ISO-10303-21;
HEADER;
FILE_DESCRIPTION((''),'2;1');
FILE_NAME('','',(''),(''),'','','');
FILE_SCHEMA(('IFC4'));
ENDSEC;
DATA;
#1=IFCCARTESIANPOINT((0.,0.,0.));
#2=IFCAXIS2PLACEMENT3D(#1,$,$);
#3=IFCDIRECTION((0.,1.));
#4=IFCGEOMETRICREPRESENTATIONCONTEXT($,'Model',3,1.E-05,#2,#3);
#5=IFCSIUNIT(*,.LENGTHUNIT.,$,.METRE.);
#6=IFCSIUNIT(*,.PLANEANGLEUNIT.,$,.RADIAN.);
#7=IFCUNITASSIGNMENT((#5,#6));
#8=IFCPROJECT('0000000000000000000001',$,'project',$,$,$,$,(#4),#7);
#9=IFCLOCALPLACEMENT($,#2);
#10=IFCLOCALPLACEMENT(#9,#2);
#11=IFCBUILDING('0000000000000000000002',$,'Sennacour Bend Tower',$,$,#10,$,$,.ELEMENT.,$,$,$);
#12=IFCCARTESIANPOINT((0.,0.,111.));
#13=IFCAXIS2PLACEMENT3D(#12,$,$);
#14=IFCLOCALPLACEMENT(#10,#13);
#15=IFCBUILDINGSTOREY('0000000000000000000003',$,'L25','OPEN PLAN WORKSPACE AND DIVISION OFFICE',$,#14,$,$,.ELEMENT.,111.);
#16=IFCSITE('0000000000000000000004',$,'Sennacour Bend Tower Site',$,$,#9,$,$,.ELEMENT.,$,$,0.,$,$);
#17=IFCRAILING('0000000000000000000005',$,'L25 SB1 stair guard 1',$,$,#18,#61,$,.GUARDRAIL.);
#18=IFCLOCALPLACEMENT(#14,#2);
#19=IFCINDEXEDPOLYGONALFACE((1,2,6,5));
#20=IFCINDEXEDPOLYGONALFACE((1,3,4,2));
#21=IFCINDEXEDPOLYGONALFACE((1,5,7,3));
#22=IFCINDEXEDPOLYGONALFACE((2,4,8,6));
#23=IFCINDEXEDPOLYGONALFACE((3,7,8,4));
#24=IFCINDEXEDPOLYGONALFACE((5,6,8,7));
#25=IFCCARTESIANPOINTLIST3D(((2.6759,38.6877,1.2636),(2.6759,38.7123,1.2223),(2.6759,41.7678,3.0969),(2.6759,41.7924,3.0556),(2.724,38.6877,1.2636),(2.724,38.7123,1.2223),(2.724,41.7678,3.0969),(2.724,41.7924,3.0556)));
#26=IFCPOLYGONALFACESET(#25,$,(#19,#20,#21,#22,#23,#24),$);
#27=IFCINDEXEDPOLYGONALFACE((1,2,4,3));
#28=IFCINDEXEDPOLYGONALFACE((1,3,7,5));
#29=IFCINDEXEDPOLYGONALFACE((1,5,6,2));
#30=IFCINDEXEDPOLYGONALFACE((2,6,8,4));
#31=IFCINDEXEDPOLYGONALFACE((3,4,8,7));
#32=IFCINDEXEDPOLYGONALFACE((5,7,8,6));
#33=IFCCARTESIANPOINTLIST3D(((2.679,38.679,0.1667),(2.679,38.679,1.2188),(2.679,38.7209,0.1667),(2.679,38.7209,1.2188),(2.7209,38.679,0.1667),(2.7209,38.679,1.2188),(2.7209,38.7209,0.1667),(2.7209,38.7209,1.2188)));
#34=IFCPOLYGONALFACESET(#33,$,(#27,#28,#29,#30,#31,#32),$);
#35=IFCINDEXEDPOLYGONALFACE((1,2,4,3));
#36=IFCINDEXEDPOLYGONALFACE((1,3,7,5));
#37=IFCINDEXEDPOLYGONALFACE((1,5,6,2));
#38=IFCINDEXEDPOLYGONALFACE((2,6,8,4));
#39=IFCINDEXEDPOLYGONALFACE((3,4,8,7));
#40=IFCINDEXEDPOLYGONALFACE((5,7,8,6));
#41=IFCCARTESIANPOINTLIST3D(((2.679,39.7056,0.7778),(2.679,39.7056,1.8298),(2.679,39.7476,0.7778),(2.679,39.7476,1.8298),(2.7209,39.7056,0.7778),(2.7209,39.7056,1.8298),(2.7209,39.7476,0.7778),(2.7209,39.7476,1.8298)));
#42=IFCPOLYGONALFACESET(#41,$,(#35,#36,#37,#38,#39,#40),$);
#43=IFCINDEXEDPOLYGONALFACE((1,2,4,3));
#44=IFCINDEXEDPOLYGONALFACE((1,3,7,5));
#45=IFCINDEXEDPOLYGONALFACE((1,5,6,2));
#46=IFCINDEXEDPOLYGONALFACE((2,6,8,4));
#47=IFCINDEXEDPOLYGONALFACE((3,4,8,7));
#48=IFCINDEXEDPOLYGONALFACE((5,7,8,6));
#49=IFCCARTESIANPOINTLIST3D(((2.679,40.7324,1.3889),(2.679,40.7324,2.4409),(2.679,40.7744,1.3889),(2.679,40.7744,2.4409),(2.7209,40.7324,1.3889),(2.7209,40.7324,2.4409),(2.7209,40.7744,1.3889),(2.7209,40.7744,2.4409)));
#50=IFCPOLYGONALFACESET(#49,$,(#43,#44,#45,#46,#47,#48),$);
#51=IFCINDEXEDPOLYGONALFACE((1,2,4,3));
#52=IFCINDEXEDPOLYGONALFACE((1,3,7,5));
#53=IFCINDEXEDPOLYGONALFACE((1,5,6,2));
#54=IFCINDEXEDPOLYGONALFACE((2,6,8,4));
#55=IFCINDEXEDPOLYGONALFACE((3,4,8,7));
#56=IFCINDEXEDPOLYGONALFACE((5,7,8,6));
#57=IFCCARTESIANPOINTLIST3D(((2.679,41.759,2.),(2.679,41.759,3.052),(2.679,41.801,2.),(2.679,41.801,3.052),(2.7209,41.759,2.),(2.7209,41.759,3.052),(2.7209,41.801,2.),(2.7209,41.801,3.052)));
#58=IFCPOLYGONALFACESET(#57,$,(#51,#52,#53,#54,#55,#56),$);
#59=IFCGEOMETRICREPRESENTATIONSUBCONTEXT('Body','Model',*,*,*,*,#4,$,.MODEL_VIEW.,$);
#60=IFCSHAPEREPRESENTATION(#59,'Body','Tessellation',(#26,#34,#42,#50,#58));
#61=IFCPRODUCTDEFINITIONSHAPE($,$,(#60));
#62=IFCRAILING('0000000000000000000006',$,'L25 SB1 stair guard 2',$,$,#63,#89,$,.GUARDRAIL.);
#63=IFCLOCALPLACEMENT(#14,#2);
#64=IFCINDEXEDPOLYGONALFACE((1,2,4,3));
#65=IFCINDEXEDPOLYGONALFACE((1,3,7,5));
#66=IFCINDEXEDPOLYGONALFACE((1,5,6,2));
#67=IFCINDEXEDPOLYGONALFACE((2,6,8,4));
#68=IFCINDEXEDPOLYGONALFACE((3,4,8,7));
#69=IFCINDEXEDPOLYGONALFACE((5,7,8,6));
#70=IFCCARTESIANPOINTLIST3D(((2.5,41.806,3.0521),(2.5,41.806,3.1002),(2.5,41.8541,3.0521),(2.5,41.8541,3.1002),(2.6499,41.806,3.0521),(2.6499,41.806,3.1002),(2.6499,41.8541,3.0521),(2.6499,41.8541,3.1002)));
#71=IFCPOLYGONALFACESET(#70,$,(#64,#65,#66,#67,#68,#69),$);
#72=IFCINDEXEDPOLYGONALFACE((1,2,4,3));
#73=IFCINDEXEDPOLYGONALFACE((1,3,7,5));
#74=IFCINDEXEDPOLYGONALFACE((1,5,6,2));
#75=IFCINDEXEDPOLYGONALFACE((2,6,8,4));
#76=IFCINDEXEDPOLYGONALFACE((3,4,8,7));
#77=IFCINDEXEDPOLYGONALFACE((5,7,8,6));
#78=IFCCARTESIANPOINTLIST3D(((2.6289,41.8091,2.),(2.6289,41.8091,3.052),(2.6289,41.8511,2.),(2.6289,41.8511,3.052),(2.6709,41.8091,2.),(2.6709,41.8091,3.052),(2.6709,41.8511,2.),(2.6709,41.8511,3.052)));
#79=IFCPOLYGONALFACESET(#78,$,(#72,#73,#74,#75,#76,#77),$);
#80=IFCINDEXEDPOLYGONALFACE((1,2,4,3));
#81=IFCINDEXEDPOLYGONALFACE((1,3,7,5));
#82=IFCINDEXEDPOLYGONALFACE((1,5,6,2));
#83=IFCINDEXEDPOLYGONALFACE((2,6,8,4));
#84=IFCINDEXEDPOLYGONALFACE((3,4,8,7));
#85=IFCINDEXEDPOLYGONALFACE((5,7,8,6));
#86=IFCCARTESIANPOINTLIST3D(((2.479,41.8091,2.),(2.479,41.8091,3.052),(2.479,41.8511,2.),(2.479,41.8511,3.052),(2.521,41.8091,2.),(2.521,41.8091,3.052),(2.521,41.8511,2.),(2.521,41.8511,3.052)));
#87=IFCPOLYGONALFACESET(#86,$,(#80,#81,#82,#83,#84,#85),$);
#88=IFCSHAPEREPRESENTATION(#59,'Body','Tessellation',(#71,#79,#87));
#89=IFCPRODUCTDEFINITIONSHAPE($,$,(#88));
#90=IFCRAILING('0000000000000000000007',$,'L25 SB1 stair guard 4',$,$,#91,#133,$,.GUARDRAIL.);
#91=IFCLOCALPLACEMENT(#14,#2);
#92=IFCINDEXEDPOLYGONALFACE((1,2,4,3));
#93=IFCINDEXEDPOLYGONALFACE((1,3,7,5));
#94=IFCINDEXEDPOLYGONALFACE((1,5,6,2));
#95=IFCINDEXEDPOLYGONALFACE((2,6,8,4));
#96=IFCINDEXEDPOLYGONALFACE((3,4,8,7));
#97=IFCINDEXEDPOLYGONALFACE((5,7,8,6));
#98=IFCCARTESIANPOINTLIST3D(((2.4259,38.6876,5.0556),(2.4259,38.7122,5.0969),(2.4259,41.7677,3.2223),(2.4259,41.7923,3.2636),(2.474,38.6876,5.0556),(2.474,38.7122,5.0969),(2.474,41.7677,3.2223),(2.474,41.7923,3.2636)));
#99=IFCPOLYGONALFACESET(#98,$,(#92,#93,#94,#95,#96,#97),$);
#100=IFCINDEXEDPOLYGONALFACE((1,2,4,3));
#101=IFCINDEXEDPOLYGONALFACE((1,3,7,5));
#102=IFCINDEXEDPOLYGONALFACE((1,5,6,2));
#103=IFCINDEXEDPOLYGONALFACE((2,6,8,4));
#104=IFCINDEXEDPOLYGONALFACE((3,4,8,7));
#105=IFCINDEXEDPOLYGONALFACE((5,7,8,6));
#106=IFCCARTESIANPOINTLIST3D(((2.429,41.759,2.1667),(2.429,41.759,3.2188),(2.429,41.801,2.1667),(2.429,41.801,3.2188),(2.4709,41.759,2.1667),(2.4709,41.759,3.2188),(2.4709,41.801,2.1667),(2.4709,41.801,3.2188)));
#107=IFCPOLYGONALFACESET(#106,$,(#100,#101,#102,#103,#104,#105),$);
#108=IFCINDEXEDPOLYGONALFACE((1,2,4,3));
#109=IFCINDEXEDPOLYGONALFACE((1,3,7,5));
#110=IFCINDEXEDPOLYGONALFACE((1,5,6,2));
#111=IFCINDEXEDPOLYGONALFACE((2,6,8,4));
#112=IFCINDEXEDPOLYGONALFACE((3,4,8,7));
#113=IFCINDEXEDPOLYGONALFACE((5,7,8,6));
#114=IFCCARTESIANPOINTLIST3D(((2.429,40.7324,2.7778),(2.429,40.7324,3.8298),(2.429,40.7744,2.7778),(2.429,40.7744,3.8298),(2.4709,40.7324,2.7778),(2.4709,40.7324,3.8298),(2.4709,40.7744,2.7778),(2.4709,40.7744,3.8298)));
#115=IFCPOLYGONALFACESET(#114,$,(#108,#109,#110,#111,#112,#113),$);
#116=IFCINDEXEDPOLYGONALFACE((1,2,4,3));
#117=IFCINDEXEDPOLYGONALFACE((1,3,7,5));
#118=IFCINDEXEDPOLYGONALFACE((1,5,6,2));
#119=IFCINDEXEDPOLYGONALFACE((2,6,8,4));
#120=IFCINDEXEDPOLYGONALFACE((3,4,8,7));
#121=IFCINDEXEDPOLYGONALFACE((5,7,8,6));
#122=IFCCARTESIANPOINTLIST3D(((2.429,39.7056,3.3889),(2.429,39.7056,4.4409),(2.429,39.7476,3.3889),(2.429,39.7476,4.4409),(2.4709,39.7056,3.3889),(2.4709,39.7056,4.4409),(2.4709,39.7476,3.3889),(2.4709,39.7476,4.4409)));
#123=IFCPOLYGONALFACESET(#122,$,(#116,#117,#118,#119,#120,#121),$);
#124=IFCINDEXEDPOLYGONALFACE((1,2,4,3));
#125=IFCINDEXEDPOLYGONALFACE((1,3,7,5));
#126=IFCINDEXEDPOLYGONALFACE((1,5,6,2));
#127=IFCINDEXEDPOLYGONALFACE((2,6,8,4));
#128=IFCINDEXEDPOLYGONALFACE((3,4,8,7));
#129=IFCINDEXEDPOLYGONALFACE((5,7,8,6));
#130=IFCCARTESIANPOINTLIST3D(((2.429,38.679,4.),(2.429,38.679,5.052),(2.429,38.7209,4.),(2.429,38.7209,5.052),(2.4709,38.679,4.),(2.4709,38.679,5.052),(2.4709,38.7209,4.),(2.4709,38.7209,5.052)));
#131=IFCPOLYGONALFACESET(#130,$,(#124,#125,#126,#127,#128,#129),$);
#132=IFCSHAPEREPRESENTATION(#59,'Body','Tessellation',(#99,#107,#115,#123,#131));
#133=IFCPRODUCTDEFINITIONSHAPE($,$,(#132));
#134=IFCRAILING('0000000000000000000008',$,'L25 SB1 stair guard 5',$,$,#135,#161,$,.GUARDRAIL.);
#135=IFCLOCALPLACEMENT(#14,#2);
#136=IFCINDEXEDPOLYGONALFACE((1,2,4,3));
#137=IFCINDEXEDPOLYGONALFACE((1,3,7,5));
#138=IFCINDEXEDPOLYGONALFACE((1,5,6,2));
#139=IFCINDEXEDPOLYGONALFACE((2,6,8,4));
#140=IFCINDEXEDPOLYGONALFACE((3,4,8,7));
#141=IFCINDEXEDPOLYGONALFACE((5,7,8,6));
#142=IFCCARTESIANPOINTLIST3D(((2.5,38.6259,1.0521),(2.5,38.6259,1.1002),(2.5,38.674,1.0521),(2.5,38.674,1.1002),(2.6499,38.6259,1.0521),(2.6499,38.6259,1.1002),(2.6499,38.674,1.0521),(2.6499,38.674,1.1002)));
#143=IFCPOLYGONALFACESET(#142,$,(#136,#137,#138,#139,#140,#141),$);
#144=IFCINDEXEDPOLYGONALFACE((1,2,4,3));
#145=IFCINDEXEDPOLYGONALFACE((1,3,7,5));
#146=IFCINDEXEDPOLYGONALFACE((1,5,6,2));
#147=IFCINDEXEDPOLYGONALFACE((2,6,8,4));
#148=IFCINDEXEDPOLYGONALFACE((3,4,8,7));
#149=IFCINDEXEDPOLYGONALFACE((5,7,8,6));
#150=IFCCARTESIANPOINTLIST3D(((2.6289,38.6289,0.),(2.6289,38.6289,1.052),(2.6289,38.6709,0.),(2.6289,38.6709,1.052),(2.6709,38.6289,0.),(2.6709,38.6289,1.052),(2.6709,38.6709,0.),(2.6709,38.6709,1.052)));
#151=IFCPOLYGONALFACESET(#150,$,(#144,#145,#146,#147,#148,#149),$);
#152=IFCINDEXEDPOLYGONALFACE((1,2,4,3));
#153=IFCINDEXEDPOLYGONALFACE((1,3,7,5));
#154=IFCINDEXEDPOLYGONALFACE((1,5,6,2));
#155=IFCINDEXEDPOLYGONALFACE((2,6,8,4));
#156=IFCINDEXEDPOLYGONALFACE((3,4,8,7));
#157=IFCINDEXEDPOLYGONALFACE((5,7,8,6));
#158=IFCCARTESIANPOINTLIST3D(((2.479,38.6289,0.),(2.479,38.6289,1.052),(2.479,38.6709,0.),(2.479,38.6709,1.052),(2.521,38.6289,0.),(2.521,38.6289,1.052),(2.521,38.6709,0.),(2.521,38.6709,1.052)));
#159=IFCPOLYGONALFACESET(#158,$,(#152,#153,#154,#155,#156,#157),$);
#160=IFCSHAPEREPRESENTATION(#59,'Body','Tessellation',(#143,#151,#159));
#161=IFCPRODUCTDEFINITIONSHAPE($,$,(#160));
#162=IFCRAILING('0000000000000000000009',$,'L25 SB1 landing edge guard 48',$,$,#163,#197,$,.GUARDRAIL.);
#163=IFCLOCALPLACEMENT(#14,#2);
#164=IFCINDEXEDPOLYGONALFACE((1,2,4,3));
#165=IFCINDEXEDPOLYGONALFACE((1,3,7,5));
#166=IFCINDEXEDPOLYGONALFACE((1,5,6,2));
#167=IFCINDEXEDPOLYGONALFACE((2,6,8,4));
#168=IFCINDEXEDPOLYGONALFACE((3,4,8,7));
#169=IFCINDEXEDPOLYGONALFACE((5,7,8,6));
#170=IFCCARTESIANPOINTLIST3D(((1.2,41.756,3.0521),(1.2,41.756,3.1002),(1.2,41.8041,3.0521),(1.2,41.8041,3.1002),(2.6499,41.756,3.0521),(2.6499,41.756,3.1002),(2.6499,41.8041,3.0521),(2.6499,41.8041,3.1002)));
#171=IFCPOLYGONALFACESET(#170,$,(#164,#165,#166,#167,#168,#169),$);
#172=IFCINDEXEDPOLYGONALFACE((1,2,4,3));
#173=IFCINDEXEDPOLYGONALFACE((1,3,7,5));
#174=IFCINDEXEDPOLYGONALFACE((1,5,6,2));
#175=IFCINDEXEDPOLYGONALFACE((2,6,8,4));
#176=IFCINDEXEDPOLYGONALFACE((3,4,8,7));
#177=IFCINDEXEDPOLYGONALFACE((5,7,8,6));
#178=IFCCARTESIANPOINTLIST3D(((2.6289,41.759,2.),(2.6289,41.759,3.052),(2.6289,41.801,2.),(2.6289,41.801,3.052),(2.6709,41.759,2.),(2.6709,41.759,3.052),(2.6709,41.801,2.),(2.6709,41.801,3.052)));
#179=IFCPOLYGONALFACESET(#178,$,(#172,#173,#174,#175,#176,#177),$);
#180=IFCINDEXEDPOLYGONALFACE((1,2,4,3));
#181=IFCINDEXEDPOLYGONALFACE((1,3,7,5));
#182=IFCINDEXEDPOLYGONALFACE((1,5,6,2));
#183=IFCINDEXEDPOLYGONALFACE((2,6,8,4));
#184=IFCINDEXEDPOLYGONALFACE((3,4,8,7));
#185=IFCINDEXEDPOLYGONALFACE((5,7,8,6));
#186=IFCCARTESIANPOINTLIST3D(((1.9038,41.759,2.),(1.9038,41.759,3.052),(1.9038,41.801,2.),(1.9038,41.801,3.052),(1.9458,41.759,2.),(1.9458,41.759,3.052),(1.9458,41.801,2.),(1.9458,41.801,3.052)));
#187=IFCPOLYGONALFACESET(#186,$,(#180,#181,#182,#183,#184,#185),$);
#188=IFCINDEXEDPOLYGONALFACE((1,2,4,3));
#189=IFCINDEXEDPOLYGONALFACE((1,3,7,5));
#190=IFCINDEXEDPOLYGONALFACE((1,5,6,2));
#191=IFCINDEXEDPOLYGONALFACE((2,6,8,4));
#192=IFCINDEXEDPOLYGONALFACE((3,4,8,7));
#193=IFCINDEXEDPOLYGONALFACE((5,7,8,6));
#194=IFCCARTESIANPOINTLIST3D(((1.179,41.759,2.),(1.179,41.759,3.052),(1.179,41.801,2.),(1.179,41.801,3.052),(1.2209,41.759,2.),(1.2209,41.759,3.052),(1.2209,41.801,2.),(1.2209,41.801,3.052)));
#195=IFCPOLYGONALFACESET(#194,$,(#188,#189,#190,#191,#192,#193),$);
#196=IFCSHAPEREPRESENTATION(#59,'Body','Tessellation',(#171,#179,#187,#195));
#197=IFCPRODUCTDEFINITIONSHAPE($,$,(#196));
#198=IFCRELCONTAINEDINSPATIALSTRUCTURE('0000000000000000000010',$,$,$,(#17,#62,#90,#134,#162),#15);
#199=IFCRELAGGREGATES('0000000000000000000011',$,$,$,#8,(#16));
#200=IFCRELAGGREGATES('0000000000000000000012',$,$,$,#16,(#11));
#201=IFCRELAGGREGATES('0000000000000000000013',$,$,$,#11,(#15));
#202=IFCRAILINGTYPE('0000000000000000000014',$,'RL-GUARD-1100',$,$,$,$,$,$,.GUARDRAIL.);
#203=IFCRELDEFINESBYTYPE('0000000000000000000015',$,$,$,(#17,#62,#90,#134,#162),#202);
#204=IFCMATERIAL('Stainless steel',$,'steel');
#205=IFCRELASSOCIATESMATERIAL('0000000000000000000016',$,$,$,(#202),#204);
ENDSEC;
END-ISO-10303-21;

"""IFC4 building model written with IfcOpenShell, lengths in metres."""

from ifc_helpers import new_model, si_unit, direction, frame, origin, origin_2d, place, context, subcontext, project, spatial, rectangle, extrude, material, type_object, element, save


model = new_model("IFC4")

# Units and contexts
model_context = context("Model", 3, precision=1e-05, world=origin(), true_north=direction((0.0, 1.0)))
body_context = subcontext(model_context, "Body", "Model", "MODEL_VIEW")
ifc_project = project(units=[si_unit("LENGTHUNIT", "METRE"), si_unit("PLANEANGLEUNIT", "RADIAN")], contexts=[model_context])

# Site, building, storey
site_placement = place(None, origin())
site = spatial("IfcSite", under=ifc_project, at=site_placement, Name="Sennacour Bend Tower Site", CompositionType="ELEMENT", RefElevation=0.0)
building_placement = place(site_placement, origin())
building = spatial("IfcBuilding", under=site, at=building_placement, Name="Sennacour Bend Tower", CompositionType="ELEMENT")
storey_placement = place(building_placement, frame((0.0, 0.0, 111.0)))
storey = spatial("IfcBuildingStorey", under=building, at=storey_placement, Name="L25", Description="OPEN PLAN WORKSPACE AND DIVISION OFFICE", CompositionType="ELEMENT", Elevation=111.0)

# Shared definitions
ifc_material_1 = material(Name="Stainless steel", Category="steel")

# Railings
railing_type_1 = type_object("IfcRailingType", Name="RL-GUARD-1100", PredefinedType="GUARDRAIL", material=ifc_material_1)
railing_1_placement = place(storey_placement, frame((2.7, 38.7, 0.1667)))
element("IfcRailing", 1, at=railing_1_placement, inside=storey, type_object=railing_type_1, Name="L25 SB1 stair guard 1", PredefinedType="GUARDRAIL", context=body_context, shape_type="SweptSolid", body=[
    extrude(rectangle(XDim=0.0481, YDim=0.0481, at=origin_2d()), frame((0.0, 0.0, 1.0762), z_axis=(0.0, 0.859309, 0.511458), x_axis=(-1.0, 0.0, 0.0)), (0.0, 0.0, 1.0), 3.5845),
    extrude(rectangle(XDim=0.042, YDim=0.042, at=origin_2d()), origin(), (0.0, 0.0, 1.0), 1.052),
    extrude(rectangle(XDim=0.042, YDim=0.042, at=origin_2d()), frame((0.0, 1.0266, 0.6111)), (0.0, 0.0, 1.0), 1.052),
    extrude(rectangle(XDim=0.042, YDim=0.042, at=origin_2d()), frame((0.0, 2.0535, 1.2222)), (0.0, 0.0, 1.0), 1.052),
    extrude(rectangle(XDim=0.042, YDim=0.042, at=origin_2d()), frame((0.0, 3.0801, 1.8333)), (0.0, 0.0, 1.0), 1.052),
])
railing_2_placement = place(storey_placement, frame((2.6499, 41.8301, 2.0)))
element("IfcRailing", 2, at=railing_2_placement, inside=storey, type_object=railing_type_1, Name="L25 SB1 stair guard 2", PredefinedType="GUARDRAIL", context=body_context, shape_type="SweptSolid", body=[
    extrude(rectangle(XDim=0.0481, YDim=0.0481, at=origin_2d()), frame((0.0, 0.0, 1.0762), z_axis=(-1.0, 0.0, 0.0), x_axis=(0.0, -1.0, 0.0)), (0.0, 0.0, 1.0), 0.1499),
    extrude(rectangle(XDim=0.042, YDim=0.042, at=origin_2d()), origin(), (0.0, 0.0, 1.0), 1.052),
    extrude(rectangle(XDim=0.042, YDim=0.042, at=origin_2d()), frame((-0.1499, 0.0, 0.0)), (0.0, 0.0, 1.0), 1.052),
])
railing_3_placement = place(storey_placement, frame((2.45, 41.78, 2.1667)))
element("IfcRailing", 3, at=railing_3_placement, inside=storey, type_object=railing_type_1, Name="L25 SB1 stair guard 4", PredefinedType="GUARDRAIL", context=body_context, shape_type="SweptSolid", body=[
    extrude(rectangle(XDim=0.0481, YDim=0.0481, at=origin_2d()), frame((0.0, 0.0, 1.0762), z_axis=(0.0, -0.859309, 0.511458), x_axis=(1.0, 0.0, 0.0)), (0.0, 0.0, 1.0), 3.5845),
    extrude(rectangle(XDim=0.042, YDim=0.042, at=origin_2d()), origin(), (0.0, 0.0, 1.0), 1.052),
    extrude(rectangle(XDim=0.042, YDim=0.042, at=origin_2d()), frame((0.0, -1.0266, 0.6111)), (0.0, 0.0, 1.0), 1.052),
    extrude(rectangle(XDim=0.042, YDim=0.042, at=origin_2d()), frame((0.0, -2.0535, 1.2222)), (0.0, 0.0, 1.0), 1.052),
    extrude(rectangle(XDim=0.042, YDim=0.042, at=origin_2d()), frame((0.0, -3.0801, 1.8333)), (0.0, 0.0, 1.0), 1.052),
])
railing_4_placement = place(storey_placement, frame((2.6499, 38.6499, 0.0)))
element("IfcRailing", 4, at=railing_4_placement, inside=storey, type_object=railing_type_1, Name="L25 SB1 stair guard 5", PredefinedType="GUARDRAIL", context=body_context, shape_type="SweptSolid", body=[
    extrude(rectangle(XDim=0.0481, YDim=0.0481, at=origin_2d()), frame((0.0, 0.0, 1.0762), z_axis=(-1.0, 0.0, 0.0), x_axis=(0.0, -1.0, 0.0)), (0.0, 0.0, 1.0), 0.1499),
    extrude(rectangle(XDim=0.042, YDim=0.042, at=origin_2d()), origin(), (0.0, 0.0, 1.0), 1.052),
    extrude(rectangle(XDim=0.042, YDim=0.042, at=origin_2d()), frame((-0.1499, 0.0, 0.0)), (0.0, 0.0, 1.0), 1.052),
])
railing_5_placement = place(storey_placement, frame((2.6499, 41.78, 2.0)))
element("IfcRailing", 5, at=railing_5_placement, inside=storey, type_object=railing_type_1, Name="L25 SB1 landing edge guard 48", PredefinedType="GUARDRAIL", context=body_context, shape_type="SweptSolid", body=[
    extrude(rectangle(XDim=0.0481, YDim=0.0481, at=origin_2d()), frame((0.0, 0.0, 1.0762), z_axis=(-1.0, 0.0, 0.0), x_axis=(0.0, -1.0, 0.0)), (0.0, 0.0, 1.0), 1.45),
    extrude(rectangle(XDim=0.042, YDim=0.042, at=origin_2d()), origin(), (0.0, 0.0, 1.0), 1.052),
    extrude(rectangle(XDim=0.042, YDim=0.042, at=origin_2d()), frame((-0.7251, 0.0, 0.0)), (0.0, 0.0, 1.0), 1.052),
    extrude(rectangle(XDim=0.042, YDim=0.042, at=origin_2d()), frame((-1.45, 0.0, 0.0)), (0.0, 0.0, 1.0), 1.052),
])

save(model, "model.ifc")
